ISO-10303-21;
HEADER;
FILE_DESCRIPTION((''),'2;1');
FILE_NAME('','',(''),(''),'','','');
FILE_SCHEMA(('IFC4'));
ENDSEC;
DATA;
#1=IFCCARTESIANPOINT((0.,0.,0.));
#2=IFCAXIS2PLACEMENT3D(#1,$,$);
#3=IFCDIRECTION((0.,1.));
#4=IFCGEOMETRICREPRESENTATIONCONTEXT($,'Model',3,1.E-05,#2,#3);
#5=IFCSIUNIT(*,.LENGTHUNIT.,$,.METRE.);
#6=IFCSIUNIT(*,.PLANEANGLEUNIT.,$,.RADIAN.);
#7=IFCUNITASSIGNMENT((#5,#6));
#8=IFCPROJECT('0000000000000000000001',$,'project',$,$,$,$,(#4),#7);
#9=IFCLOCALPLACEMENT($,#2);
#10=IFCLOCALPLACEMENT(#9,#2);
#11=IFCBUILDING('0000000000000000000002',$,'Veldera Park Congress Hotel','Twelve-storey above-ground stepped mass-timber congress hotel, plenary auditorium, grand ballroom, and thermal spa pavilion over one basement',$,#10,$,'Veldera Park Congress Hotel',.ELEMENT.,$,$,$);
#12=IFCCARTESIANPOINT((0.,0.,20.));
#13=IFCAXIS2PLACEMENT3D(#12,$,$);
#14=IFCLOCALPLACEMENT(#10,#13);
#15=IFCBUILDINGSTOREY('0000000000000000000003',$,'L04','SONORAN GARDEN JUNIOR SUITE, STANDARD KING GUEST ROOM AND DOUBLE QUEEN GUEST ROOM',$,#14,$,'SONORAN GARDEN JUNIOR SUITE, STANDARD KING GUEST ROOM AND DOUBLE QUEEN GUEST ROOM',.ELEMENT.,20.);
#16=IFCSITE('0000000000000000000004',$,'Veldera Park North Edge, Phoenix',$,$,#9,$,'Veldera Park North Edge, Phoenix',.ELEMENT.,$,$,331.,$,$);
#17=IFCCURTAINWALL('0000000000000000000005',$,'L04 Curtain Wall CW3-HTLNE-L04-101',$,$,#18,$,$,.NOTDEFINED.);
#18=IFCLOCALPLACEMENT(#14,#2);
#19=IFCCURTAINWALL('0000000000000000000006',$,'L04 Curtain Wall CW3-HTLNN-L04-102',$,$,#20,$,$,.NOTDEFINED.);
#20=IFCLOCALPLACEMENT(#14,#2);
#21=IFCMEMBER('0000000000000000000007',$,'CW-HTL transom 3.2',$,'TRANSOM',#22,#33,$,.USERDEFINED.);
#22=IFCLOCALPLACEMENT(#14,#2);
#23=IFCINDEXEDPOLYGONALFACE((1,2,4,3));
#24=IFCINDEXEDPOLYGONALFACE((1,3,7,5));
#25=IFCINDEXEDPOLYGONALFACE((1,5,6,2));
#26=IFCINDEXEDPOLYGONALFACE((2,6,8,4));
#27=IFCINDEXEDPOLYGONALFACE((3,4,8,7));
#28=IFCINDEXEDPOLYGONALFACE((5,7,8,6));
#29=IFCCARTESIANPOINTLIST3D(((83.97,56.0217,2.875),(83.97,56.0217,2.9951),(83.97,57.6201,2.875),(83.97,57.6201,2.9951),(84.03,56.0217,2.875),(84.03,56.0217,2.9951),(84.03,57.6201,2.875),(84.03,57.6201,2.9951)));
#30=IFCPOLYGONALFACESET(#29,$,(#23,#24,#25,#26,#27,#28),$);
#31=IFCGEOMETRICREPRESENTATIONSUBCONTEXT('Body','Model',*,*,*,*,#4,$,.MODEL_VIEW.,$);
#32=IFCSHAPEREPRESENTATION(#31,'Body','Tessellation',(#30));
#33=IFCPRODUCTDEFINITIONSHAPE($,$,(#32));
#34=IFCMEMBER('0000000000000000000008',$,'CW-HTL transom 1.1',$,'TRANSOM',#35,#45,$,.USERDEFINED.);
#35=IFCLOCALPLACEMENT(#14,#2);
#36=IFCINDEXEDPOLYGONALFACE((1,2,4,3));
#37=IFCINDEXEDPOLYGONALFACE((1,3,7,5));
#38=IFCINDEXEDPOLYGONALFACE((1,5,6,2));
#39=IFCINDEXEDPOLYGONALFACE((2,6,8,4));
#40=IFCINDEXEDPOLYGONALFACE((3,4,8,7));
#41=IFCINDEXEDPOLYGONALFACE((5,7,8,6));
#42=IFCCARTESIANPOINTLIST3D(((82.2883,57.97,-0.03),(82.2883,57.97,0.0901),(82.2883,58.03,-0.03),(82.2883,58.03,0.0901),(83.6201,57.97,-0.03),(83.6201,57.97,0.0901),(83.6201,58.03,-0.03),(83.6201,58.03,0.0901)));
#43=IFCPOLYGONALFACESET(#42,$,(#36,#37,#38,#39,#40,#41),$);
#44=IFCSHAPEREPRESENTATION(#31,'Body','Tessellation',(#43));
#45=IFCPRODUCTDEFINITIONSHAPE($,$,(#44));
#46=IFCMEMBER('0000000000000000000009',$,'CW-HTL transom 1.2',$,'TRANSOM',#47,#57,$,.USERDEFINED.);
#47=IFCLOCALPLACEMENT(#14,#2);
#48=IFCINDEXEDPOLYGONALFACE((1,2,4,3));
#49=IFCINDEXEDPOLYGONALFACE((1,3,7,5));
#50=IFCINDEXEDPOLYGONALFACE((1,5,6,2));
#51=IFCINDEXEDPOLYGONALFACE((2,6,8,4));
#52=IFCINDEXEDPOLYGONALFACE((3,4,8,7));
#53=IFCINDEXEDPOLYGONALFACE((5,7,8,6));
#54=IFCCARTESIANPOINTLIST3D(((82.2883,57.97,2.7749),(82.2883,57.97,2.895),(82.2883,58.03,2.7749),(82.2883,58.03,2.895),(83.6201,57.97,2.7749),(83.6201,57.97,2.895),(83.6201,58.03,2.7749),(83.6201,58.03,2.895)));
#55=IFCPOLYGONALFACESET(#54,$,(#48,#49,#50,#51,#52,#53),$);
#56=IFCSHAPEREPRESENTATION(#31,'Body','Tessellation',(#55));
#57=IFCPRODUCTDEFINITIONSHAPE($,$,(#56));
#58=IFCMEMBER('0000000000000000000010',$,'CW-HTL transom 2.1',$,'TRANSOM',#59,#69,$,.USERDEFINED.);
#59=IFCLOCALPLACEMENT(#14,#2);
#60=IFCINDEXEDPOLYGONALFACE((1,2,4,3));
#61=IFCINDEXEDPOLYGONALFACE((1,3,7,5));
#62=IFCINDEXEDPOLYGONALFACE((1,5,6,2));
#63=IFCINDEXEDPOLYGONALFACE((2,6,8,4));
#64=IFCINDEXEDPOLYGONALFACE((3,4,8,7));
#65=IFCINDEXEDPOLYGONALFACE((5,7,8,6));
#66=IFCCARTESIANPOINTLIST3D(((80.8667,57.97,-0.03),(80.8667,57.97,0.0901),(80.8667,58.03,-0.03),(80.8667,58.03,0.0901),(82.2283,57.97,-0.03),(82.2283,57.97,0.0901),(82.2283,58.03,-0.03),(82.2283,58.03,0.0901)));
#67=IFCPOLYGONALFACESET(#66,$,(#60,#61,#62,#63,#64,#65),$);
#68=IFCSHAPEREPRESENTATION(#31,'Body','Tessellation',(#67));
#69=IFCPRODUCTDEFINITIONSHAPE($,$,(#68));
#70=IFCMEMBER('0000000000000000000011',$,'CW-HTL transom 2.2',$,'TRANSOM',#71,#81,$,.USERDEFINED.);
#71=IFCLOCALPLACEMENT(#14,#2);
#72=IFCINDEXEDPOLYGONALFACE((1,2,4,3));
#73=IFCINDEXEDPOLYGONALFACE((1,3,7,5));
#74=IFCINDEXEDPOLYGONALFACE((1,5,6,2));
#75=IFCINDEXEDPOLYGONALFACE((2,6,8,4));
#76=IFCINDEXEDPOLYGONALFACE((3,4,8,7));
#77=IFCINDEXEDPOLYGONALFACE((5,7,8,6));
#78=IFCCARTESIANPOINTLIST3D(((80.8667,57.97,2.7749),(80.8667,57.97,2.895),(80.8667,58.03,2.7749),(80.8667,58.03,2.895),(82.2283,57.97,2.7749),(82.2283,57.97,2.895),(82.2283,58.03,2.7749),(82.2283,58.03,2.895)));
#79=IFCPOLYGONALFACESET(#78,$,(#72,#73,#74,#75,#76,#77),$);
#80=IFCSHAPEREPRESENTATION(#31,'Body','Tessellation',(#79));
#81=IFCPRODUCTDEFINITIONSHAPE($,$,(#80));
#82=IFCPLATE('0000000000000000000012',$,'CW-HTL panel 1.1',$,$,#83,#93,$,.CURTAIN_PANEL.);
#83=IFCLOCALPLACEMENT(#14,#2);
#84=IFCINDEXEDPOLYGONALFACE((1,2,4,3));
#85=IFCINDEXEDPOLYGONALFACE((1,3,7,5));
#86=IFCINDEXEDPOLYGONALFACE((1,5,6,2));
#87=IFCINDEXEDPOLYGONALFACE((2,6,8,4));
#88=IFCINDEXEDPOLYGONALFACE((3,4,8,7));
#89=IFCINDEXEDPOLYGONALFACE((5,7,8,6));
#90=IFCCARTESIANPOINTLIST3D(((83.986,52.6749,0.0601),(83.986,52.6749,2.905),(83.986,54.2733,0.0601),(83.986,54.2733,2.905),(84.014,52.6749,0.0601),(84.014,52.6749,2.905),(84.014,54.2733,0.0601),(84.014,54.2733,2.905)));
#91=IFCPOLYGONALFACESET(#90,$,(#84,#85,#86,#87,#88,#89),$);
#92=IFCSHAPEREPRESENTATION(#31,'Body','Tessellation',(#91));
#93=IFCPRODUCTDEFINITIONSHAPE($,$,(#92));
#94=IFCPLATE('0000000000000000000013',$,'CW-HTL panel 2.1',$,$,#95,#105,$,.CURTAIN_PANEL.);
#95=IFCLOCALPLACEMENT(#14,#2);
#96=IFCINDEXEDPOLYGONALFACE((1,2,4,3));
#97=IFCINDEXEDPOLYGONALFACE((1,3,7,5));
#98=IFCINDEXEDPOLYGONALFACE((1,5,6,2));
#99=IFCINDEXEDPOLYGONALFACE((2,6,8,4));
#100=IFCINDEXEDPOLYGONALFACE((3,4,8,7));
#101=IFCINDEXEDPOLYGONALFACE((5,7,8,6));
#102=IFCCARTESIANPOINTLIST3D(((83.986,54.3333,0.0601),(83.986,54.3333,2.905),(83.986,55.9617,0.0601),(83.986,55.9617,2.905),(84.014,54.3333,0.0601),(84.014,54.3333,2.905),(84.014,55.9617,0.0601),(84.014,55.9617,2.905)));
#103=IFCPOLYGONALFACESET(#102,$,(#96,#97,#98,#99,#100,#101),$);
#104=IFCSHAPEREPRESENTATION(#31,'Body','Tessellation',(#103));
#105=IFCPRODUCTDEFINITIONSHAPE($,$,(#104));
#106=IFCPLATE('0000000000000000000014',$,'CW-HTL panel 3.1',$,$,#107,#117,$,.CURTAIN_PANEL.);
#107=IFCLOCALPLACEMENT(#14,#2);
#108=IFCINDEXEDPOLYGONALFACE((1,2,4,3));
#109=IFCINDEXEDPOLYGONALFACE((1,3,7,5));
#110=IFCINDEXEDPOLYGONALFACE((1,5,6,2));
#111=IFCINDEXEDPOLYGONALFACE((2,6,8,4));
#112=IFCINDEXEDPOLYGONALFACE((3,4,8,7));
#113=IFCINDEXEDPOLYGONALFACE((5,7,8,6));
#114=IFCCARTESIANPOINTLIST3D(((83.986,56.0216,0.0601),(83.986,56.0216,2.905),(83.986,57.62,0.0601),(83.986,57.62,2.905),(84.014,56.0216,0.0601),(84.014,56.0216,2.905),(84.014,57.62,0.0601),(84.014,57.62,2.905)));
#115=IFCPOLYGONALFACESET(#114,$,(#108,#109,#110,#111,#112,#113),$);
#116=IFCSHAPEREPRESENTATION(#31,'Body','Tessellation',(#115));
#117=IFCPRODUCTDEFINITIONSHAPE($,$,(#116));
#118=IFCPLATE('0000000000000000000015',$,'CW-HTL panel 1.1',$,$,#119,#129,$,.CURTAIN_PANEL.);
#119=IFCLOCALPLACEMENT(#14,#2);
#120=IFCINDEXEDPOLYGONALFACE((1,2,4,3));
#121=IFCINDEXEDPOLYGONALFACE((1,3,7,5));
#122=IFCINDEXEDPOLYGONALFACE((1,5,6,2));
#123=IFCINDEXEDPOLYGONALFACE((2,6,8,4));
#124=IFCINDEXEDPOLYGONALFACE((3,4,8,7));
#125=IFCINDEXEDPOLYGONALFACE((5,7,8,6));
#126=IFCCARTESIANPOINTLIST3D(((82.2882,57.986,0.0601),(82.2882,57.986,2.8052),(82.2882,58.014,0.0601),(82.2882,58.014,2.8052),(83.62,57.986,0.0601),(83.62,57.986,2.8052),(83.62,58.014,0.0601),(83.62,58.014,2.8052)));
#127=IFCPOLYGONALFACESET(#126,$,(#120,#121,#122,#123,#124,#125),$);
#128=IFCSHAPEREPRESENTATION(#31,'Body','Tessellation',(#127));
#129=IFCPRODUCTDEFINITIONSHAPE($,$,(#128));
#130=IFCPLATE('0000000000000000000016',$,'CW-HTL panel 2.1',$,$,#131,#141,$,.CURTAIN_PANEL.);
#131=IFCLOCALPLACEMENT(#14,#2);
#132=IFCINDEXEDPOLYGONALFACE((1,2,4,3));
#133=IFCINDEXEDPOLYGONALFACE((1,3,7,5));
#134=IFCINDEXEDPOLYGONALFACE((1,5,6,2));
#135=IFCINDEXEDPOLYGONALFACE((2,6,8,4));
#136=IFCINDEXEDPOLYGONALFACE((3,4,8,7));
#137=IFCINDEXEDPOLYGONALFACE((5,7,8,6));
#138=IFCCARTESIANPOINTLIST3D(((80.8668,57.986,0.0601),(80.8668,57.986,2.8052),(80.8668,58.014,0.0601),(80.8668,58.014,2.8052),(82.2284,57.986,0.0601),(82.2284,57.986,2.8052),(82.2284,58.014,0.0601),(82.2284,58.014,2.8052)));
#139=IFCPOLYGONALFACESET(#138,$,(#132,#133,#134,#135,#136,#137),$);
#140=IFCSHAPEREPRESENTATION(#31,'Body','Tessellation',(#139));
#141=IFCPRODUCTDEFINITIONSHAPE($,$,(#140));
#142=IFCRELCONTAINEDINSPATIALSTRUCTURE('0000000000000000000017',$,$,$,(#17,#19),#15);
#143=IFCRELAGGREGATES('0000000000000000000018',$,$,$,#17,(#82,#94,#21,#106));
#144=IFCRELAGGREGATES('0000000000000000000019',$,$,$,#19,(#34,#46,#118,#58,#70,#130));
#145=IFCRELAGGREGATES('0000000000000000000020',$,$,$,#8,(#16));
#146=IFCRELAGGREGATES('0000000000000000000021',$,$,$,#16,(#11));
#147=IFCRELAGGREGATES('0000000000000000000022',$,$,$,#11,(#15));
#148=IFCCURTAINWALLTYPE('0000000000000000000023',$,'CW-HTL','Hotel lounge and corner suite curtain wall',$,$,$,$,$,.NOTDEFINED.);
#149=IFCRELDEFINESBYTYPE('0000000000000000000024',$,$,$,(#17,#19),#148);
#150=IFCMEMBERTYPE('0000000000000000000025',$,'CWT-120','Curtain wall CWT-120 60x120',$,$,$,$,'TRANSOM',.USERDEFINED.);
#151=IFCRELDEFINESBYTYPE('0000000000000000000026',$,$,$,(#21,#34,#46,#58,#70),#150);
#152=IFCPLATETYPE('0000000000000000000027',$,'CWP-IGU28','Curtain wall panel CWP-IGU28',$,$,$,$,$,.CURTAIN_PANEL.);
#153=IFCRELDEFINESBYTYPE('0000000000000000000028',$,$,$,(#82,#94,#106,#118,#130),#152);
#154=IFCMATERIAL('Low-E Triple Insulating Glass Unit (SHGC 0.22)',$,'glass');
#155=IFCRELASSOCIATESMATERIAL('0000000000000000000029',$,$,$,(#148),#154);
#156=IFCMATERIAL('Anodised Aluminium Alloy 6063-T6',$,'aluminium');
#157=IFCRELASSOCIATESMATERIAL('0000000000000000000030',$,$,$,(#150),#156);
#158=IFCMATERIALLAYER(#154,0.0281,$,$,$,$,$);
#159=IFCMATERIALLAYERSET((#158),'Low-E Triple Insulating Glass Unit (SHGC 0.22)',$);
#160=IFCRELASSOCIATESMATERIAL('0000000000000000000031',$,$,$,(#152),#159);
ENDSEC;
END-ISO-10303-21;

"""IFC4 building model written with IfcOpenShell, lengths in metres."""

from ifc_helpers import new_model, si_unit, direction, frame, origin, origin_2d, place, context, subcontext, project, spatial, rectangle, extrude, material, layer, layer_set, material_profile, profile_set, type_object, element, aggregate, save


model = new_model("IFC4")

# Units and contexts
model_context = context("Model", 3, precision=1e-05, world=origin(), true_north=direction((0.0, 1.0)))
body_context = subcontext(model_context, "Body", "Model", "MODEL_VIEW")
ifc_project = project(units=[si_unit("LENGTHUNIT", "METRE"), si_unit("PLANEANGLEUNIT", "RADIAN")], contexts=[model_context])

# Site, building, storey
site_placement = place(None, origin())
site = spatial("IfcSite", under=ifc_project, at=site_placement, Name="Veldera Park North Edge, Phoenix", LongName="Veldera Park North Edge, Phoenix", CompositionType="ELEMENT", RefElevation=331.0)
building_placement = place(site_placement, origin())
building = spatial("IfcBuilding", under=site, at=building_placement, Name="Veldera Park Congress Hotel", Description="Twelve-storey above-ground stepped mass-timber congress hotel, plenary auditorium, grand ballroom, and thermal spa pavilion over one basement", LongName="Veldera Park Congress Hotel", CompositionType="ELEMENT")
storey_placement = place(building_placement, frame((0.0, 0.0, 20.0)))
storey = spatial("IfcBuildingStorey", under=building, at=storey_placement, Name="L04", Description="SONORAN GARDEN JUNIOR SUITE, STANDARD KING GUEST ROOM AND DOUBLE QUEEN GUEST ROOM", LongName="SONORAN GARDEN JUNIOR SUITE, STANDARD KING GUEST ROOM AND DOUBLE QUEEN GUEST ROOM", CompositionType="ELEMENT", Elevation=20.0)

# Shared definitions
ifc_material_1 = material(Name="Low-E Triple Insulating Glass Unit (SHGC 0.22)", Category="glass")
curtain_wall_type = type_object("IfcCurtainWallType", Name="CW-HTL", Description="Hotel lounge and corner suite curtain wall", PredefinedType="NOTDEFINED", material=ifc_material_1)
ifc_material_2 = material(Name="Anodised Aluminium Alloy 6063-T6", Category="aluminium")

# Curtain walls
curtain_wall_1_placement = place(storey_placement, origin())
curtain_wall_1 = element("IfcCurtainWall", 1, at=curtain_wall_1_placement, inside=storey, type_object=curtain_wall_type, Name="L04 Curtain Wall CW3-HTLNE-L04-101", PredefinedType="NOTDEFINED")
curtain_wall_2_placement = place(storey_placement, origin())
curtain_wall_2 = element("IfcCurtainWall", 2, at=curtain_wall_2_placement, inside=storey, type_object=curtain_wall_type, Name="L04 Curtain Wall CW3-HTLNN-L04-102", PredefinedType="NOTDEFINED")

# Members
ifc_material_profile_1 = material_profile(ifc_material_2, rectangle(XDim=0.0601, YDim=0.1201, at=origin_2d()), Name="ALU 60x120")
ifc_profile_set_1 = profile_set([ifc_material_profile_1], Name="Anodised Aluminium Alloy 6063-T6")
member_type_1 = type_object("IfcMemberType", Name="CWT-120", Description="Curtain wall CWT-120 60x120", ElementType="TRANSOM", PredefinedType="USERDEFINED", material=ifc_profile_set_1)
member_1_placement = place(storey_placement, frame((84.0, 56.0217, 2.9351), z_axis=(0.0, 1.0, 0.0), x_axis=(-1.0, 0.0, 0.0)))
member_1 = element("IfcMember", 3, at=member_1_placement, type_object=member_type_1, Name="CW-HTL transom 3.2", ObjectType="TRANSOM", PredefinedType="USERDEFINED", context=body_context, shape_type="SweptSolid", body=[
    extrude(rectangle(XDim=0.0601, YDim=0.1201, at=origin_2d()), origin(), (0.0, 0.0, 1.0), 1.5984),
])
member_2_placement = place(storey_placement, frame((83.6201, 58.0, 0.03), z_axis=(-1.0, 0.0, 0.0), x_axis=(0.0, -1.0, 0.0)))
member_2 = element("IfcMember", 4, at=member_2_placement, type_object=member_type_1, Name="CW-HTL transom 1.1", ObjectType="TRANSOM", PredefinedType="USERDEFINED", context=body_context, shape_type="SweptSolid", body=[
    extrude(rectangle(XDim=0.0601, YDim=0.1201, at=origin_2d()), origin(), (0.0, 0.0, 1.0), 1.3318),
])
member_3_placement = place(storey_placement, frame((83.6201, 58.0, 2.835), z_axis=(-1.0, 0.0, 0.0), x_axis=(0.0, -1.0, 0.0)))
member_3 = element("IfcMember", 5, at=member_3_placement, type_object=member_type_1, Name="CW-HTL transom 1.2", ObjectType="TRANSOM", PredefinedType="USERDEFINED", context=body_context, shape_type="SweptSolid", body=[
    extrude(rectangle(XDim=0.0601, YDim=0.1201, at=origin_2d()), origin(), (0.0, 0.0, 1.0), 1.3318),
])
member_4_placement = place(storey_placement, frame((82.2283, 58.0, 0.03), z_axis=(-1.0, 0.0, 0.0), x_axis=(0.0, -1.0, 0.0)))
member_4 = element("IfcMember", 6, at=member_4_placement, type_object=member_type_1, Name="CW-HTL transom 2.1", ObjectType="TRANSOM", PredefinedType="USERDEFINED", context=body_context, shape_type="SweptSolid", body=[
    extrude(rectangle(XDim=0.0601, YDim=0.1201, at=origin_2d()), origin(), (0.0, 0.0, 1.0), 1.3616),
])
member_5_placement = place(storey_placement, frame((82.2283, 58.0, 2.835), z_axis=(-1.0, 0.0, 0.0), x_axis=(0.0, -1.0, 0.0)))
member_5 = element("IfcMember", 7, at=member_5_placement, type_object=member_type_1, Name="CW-HTL transom 2.2", ObjectType="TRANSOM", PredefinedType="USERDEFINED", context=body_context, shape_type="SweptSolid", body=[
    extrude(rectangle(XDim=0.0601, YDim=0.1201, at=origin_2d()), origin(), (0.0, 0.0, 1.0), 1.3616),
])

# Plates
ifc_layer = layer(ifc_material_1, 0.0281)
ifc_layer_set = layer_set([ifc_layer], Name="Low-E Triple Insulating Glass Unit (SHGC 0.22)")
plate_type = type_object("IfcPlateType", Name="CWP-IGU28", Description="Curtain wall panel CWP-IGU28", PredefinedType="CURTAIN_PANEL", material=ifc_layer_set)
plate_1_placement = place(storey_placement, frame((84.0, 53.4741, 0.0601), z_axis=(0.0, 0.0, 1.0), x_axis=(0.0, 1.0, 0.0)))
plate_1 = element("IfcPlate", 8, at=plate_1_placement, type_object=plate_type, Name="CW-HTL panel 1.1", PredefinedType="CURTAIN_PANEL", context=body_context, shape_type="SweptSolid", body=[
    extrude(rectangle(XDim=1.5984, YDim=0.0281, at=origin_2d()), origin(), (0.0, 0.0, 1.0), 2.845),
])
plate_2_placement = place(storey_placement, frame((84.0, 55.1475, 0.0601), z_axis=(0.0, 0.0, 1.0), x_axis=(0.0, 1.0, 0.0)))
plate_2 = element("IfcPlate", 9, at=plate_2_placement, type_object=plate_type, Name="CW-HTL panel 2.1", PredefinedType="CURTAIN_PANEL", context=body_context, shape_type="SweptSolid", body=[
    extrude(rectangle(XDim=1.6284, YDim=0.0281, at=origin_2d()), origin(), (0.0, 0.0, 1.0), 2.845),
])
plate_3_placement = place(storey_placement, frame((84.0, 56.8208, 0.0601), z_axis=(0.0, 0.0, 1.0), x_axis=(0.0, 1.0, 0.0)))
plate_3 = element("IfcPlate", 10, at=plate_3_placement, type_object=plate_type, Name="CW-HTL panel 3.1", PredefinedType="CURTAIN_PANEL", context=body_context, shape_type="SweptSolid", body=[
    extrude(rectangle(XDim=1.5984, YDim=0.0281, at=origin_2d()), origin(), (0.0, 0.0, 1.0), 2.845),
])
aggregate(curtain_wall_1, [plate_1, plate_2, member_1, plate_3])
plate_4_placement = place(storey_placement, frame((82.9541, 58.0, 0.0601), z_axis=(0.0, 0.0, 1.0), x_axis=(-1.0, 0.0, 0.0)))
plate_4 = element("IfcPlate", 11, at=plate_4_placement, type_object=plate_type, Name="CW-HTL panel 1.1", PredefinedType="CURTAIN_PANEL", context=body_context, shape_type="SweptSolid", body=[
    extrude(rectangle(XDim=1.3318, YDim=0.0281, at=origin_2d()), origin(), (0.0, 0.0, 1.0), 2.7451),
])
plate_5_placement = place(storey_placement, frame((81.5476, 58.0, 0.0601), z_axis=(0.0, 0.0, 1.0), x_axis=(-1.0, 0.0, 0.0)))
plate_5 = element("IfcPlate", 12, at=plate_5_placement, type_object=plate_type, Name="CW-HTL panel 2.1", PredefinedType="CURTAIN_PANEL", context=body_context, shape_type="SweptSolid", body=[
    extrude(rectangle(XDim=1.3616, YDim=0.0281, at=origin_2d()), origin(), (0.0, 0.0, 1.0), 2.7451),
])
aggregate(curtain_wall_2, [member_2, member_3, plate_4, member_4, member_5, plate_5])

save(model, "model.ifc")
